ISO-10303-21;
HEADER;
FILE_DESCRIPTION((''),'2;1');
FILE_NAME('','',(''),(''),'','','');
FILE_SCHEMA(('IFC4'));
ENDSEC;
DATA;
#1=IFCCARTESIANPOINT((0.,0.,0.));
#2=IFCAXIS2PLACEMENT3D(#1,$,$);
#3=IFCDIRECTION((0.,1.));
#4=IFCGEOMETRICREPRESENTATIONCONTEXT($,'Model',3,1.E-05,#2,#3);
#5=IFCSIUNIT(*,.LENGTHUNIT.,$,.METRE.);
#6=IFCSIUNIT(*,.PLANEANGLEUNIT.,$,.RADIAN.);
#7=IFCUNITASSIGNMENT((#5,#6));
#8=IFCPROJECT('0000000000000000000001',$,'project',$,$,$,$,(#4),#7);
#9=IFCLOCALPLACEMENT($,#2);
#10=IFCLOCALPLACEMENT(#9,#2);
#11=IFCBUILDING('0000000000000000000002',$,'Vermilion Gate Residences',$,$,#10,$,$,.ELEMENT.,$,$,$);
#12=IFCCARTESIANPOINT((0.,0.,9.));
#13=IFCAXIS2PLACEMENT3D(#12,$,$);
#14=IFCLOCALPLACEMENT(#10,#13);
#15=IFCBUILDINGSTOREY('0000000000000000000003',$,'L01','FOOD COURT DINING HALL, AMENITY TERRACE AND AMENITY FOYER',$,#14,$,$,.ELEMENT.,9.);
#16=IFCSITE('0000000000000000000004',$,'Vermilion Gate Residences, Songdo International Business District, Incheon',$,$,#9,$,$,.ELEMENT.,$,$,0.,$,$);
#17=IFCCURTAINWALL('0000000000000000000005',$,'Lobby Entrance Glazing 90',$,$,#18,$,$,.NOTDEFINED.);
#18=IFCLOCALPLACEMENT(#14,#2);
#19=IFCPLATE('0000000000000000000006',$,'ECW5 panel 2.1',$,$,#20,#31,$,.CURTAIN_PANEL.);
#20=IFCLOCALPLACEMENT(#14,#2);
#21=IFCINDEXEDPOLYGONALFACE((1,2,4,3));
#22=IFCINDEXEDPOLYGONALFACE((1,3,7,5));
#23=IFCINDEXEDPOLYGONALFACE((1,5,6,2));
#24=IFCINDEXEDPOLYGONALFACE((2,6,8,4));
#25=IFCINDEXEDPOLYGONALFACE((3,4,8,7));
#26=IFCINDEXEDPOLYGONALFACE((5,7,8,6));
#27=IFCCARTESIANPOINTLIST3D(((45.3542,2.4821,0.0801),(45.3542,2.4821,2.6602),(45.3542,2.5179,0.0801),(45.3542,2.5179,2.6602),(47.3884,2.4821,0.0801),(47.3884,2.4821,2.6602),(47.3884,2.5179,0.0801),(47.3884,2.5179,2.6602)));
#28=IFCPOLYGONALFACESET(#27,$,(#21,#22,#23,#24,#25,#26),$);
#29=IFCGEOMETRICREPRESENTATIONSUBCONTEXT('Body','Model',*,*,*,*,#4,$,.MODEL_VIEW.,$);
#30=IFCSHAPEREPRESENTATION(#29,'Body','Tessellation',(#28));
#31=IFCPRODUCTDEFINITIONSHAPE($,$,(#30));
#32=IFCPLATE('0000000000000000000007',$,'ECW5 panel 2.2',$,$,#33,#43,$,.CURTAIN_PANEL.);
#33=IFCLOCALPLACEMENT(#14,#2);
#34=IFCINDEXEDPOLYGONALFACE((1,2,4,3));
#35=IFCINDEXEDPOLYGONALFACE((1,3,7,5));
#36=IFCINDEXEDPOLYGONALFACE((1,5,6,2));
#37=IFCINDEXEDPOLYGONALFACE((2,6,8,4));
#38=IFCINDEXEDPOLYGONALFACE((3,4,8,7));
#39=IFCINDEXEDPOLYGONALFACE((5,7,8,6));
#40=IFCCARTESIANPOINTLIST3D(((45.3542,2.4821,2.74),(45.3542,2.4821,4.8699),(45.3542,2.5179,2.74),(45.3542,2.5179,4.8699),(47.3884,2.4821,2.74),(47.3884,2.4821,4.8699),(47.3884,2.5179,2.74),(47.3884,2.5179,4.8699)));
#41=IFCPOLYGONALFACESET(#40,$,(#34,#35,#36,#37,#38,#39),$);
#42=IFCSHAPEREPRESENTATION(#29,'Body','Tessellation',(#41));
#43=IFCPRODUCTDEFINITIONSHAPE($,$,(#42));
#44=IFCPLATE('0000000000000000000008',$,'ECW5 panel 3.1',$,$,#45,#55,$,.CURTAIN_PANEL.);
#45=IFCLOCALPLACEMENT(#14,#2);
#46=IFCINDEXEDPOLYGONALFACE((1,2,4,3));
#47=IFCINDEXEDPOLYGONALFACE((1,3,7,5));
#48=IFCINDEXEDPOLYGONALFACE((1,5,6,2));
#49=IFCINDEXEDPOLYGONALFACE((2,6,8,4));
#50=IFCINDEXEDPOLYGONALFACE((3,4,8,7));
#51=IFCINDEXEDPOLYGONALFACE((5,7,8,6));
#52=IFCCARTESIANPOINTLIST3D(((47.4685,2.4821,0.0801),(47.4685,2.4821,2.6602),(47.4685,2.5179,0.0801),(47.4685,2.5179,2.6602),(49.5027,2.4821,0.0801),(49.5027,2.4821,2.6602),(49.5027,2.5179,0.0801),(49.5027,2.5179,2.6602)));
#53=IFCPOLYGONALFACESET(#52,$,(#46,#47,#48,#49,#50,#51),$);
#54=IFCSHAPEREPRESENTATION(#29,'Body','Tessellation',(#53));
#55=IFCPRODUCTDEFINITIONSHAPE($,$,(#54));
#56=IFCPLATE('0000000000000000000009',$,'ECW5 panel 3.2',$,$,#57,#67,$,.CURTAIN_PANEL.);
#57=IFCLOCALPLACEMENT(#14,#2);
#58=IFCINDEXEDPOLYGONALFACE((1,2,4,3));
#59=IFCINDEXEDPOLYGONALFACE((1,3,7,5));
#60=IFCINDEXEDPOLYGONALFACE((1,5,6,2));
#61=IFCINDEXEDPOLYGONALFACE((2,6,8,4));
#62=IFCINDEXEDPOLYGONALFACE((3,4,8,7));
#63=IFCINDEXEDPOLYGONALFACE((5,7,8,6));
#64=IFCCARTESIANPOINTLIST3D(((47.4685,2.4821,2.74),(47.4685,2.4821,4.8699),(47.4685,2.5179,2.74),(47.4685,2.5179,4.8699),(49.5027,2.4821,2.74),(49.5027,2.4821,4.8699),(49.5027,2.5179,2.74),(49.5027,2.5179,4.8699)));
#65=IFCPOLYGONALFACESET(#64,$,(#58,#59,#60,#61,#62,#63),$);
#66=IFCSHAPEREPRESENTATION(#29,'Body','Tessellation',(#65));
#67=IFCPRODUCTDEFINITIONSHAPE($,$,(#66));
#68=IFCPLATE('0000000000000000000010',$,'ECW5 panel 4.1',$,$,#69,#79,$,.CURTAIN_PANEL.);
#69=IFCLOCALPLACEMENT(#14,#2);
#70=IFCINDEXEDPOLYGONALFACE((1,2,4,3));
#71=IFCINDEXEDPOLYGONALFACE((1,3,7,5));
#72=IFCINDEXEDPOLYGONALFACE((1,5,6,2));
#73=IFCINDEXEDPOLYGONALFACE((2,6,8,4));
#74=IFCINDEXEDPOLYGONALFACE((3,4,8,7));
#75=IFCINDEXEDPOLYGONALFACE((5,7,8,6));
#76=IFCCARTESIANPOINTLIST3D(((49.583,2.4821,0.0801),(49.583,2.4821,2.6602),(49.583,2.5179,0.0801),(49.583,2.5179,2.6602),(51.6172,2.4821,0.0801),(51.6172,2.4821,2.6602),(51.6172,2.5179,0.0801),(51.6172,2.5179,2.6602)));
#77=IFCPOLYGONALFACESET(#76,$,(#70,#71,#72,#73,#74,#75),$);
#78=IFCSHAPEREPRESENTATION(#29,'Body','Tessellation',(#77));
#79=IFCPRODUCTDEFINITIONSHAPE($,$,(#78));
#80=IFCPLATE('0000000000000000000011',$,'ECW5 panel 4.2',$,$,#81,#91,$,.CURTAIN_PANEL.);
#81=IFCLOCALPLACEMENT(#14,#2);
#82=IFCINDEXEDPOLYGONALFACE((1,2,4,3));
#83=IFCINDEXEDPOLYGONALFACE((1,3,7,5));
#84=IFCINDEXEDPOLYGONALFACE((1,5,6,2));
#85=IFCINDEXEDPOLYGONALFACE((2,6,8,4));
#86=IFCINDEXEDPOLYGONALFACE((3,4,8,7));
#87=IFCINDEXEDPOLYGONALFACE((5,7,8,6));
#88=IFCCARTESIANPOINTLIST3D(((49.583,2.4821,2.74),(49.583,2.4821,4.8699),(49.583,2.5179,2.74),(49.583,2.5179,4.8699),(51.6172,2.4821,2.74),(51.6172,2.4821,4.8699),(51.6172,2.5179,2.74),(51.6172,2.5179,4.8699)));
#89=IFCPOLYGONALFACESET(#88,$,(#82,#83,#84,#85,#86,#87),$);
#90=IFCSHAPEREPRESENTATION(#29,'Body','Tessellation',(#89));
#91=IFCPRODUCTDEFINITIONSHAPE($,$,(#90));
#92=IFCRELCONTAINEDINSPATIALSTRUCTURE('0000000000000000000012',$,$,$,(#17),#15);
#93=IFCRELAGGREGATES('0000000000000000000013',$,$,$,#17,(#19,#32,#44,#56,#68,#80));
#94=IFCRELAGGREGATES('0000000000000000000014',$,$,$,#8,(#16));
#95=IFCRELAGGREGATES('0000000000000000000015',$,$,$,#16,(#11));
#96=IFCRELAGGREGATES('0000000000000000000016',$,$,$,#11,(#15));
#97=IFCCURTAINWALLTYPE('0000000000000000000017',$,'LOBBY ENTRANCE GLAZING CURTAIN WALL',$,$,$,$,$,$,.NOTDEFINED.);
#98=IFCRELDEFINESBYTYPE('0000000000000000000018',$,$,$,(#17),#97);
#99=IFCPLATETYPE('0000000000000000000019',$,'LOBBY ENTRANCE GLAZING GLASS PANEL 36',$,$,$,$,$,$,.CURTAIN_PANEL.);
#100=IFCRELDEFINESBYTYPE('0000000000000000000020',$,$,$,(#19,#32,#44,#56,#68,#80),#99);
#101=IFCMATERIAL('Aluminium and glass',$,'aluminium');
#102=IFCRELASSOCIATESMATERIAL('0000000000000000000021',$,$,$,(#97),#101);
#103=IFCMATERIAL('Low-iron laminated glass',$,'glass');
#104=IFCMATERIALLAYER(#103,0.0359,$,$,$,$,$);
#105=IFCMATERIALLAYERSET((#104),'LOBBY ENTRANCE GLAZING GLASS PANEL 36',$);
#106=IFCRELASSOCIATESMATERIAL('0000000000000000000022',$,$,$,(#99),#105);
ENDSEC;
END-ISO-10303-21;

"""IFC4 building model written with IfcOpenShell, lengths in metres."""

from ifc_helpers import new_model, si_unit, direction, frame, origin, origin_2d, place, context, subcontext, project, spatial, rectangle, extrude, material, layer, layer_set, type_object, element, aggregate, save


model = new_model("IFC4")

# Units and contexts
model_context = context("Model", 3, precision=1e-05, world=origin(), true_north=direction((0.0, 1.0)))
body_context = subcontext(model_context, "Body", "Model", "MODEL_VIEW")
ifc_project = project(units=[si_unit("LENGTHUNIT", "METRE"), si_unit("PLANEANGLEUNIT", "RADIAN")], contexts=[model_context])

# Site, building, storey
site_placement = place(None, origin())
site = spatial("IfcSite", under=ifc_project, at=site_placement, Name="Vermilion Gate Residences, Songdo International Business District, Incheon", CompositionType="ELEMENT", RefElevation=0.0)
building_placement = place(site_placement, origin())
building = spatial("IfcBuilding", under=site, at=building_placement, Name="Vermilion Gate Residences", CompositionType="ELEMENT")
storey_placement = place(building_placement, frame((0.0, 0.0, 9.0)))
storey = spatial("IfcBuildingStorey", under=building, at=storey_placement, Name="L01", Description="FOOD COURT DINING HALL, AMENITY TERRACE AND AMENITY FOYER", CompositionType="ELEMENT", Elevation=9.0)

# Curtain wall
ifc_material_1 = material(Name="Aluminium and glass", Category="aluminium")
curtain_wall_type = type_object("IfcCurtainWallType", Name="LOBBY ENTRANCE GLAZING CURTAIN WALL", PredefinedType="NOTDEFINED", material=ifc_material_1)
curtain_wall_placement = place(storey_placement, origin())
curtain_wall = element("IfcCurtainWall", 1, at=curtain_wall_placement, inside=storey, type_object=curtain_wall_type, Name="Lobby Entrance Glazing 90", PredefinedType="NOTDEFINED")

# Plates
ifc_material_2 = material(Name="Low-iron laminated glass", Category="glass")
ifc_layer = layer(ifc_material_2, 0.0359)
ifc_layer_set = layer_set([ifc_layer], Name="LOBBY ENTRANCE GLAZING GLASS PANEL 36")
plate_type = type_object("IfcPlateType", Name="LOBBY ENTRANCE GLAZING GLASS PANEL 36", PredefinedType="CURTAIN_PANEL", material=ifc_layer_set)
plate_1_placement = place(storey_placement, frame((46.3713, 2.5, 0.0801), z_axis=(0.0, 0.0, 1.0), x_axis=(1.0, 0.0, 0.0)))
plate_1 = element("IfcPlate", 2, at=plate_1_placement, type_object=plate_type, Name="ECW5 panel 2.1", PredefinedType="CURTAIN_PANEL", context=body_context, shape_type="SweptSolid", body=[
    extrude(rectangle(XDim=2.0342, YDim=0.0359, at=origin_2d()), origin(), (0.0, 0.0, 1.0), 2.5801),
])
plate_2_placement = place(storey_placement, frame((46.3713, 2.5, 2.74), z_axis=(0.0, 0.0, 1.0), x_axis=(1.0, 0.0, 0.0)))
plate_2 = element("IfcPlate", 3, at=plate_2_placement, type_object=plate_type, Name="ECW5 panel 2.2", PredefinedType="CURTAIN_PANEL", context=body_context, shape_type="SweptSolid", body=[
    extrude(rectangle(XDim=2.0342, YDim=0.0359, at=origin_2d()), origin(), (0.0, 0.0, 1.0), 2.1299),
])
plate_3_placement = place(storey_placement, frame((48.4856, 2.5, 0.0801), z_axis=(0.0, 0.0, 1.0), x_axis=(1.0, 0.0, 0.0)))
plate_3 = element("IfcPlate", 4, at=plate_3_placement, type_object=plate_type, Name="ECW5 panel 3.1", PredefinedType="CURTAIN_PANEL", context=body_context, shape_type="SweptSolid", body=[
    extrude(rectangle(XDim=2.0342, YDim=0.0359, at=origin_2d()), origin(), (0.0, 0.0, 1.0), 2.5801),
])
plate_4_placement = place(storey_placement, frame((48.4856, 2.5, 2.74), z_axis=(0.0, 0.0, 1.0), x_axis=(1.0, 0.0, 0.0)))
plate_4 = element("IfcPlate", 5, at=plate_4_placement, type_object=plate_type, Name="ECW5 panel 3.2", PredefinedType="CURTAIN_PANEL", context=body_context, shape_type="SweptSolid", body=[
    extrude(rectangle(XDim=2.0342, YDim=0.0359, at=origin_2d()), origin(), (0.0, 0.0, 1.0), 2.1299),
])
plate_5_placement = place(storey_placement, frame((50.6001, 2.5, 0.0801), z_axis=(0.0, 0.0, 1.0), x_axis=(1.0, 0.0, 0.0)))
plate_5 = element("IfcPlate", 6, at=plate_5_placement, type_object=plate_type, Name="ECW5 panel 4.1", PredefinedType="CURTAIN_PANEL", context=body_context, shape_type="SweptSolid", body=[
    extrude(rectangle(XDim=2.0342, YDim=0.0359, at=origin_2d()), origin(), (0.0, 0.0, 1.0), 2.5801),
])
plate_6_placement = place(storey_placement, frame((50.6001, 2.5, 2.74), z_axis=(0.0, 0.0, 1.0), x_axis=(1.0, 0.0, 0.0)))
plate_6 = element("IfcPlate", 7, at=plate_6_placement, type_object=plate_type, Name="ECW5 panel 4.2", PredefinedType="CURTAIN_PANEL", context=body_context, shape_type="SweptSolid", body=[
    extrude(rectangle(XDim=2.0342, YDim=0.0359, at=origin_2d()), origin(), (0.0, 0.0, 1.0), 2.1299),
])
aggregate(curtain_wall, [plate_1, plate_2, plate_3, plate_4, plate_5, plate_6])

save(model, "model.ifc")
